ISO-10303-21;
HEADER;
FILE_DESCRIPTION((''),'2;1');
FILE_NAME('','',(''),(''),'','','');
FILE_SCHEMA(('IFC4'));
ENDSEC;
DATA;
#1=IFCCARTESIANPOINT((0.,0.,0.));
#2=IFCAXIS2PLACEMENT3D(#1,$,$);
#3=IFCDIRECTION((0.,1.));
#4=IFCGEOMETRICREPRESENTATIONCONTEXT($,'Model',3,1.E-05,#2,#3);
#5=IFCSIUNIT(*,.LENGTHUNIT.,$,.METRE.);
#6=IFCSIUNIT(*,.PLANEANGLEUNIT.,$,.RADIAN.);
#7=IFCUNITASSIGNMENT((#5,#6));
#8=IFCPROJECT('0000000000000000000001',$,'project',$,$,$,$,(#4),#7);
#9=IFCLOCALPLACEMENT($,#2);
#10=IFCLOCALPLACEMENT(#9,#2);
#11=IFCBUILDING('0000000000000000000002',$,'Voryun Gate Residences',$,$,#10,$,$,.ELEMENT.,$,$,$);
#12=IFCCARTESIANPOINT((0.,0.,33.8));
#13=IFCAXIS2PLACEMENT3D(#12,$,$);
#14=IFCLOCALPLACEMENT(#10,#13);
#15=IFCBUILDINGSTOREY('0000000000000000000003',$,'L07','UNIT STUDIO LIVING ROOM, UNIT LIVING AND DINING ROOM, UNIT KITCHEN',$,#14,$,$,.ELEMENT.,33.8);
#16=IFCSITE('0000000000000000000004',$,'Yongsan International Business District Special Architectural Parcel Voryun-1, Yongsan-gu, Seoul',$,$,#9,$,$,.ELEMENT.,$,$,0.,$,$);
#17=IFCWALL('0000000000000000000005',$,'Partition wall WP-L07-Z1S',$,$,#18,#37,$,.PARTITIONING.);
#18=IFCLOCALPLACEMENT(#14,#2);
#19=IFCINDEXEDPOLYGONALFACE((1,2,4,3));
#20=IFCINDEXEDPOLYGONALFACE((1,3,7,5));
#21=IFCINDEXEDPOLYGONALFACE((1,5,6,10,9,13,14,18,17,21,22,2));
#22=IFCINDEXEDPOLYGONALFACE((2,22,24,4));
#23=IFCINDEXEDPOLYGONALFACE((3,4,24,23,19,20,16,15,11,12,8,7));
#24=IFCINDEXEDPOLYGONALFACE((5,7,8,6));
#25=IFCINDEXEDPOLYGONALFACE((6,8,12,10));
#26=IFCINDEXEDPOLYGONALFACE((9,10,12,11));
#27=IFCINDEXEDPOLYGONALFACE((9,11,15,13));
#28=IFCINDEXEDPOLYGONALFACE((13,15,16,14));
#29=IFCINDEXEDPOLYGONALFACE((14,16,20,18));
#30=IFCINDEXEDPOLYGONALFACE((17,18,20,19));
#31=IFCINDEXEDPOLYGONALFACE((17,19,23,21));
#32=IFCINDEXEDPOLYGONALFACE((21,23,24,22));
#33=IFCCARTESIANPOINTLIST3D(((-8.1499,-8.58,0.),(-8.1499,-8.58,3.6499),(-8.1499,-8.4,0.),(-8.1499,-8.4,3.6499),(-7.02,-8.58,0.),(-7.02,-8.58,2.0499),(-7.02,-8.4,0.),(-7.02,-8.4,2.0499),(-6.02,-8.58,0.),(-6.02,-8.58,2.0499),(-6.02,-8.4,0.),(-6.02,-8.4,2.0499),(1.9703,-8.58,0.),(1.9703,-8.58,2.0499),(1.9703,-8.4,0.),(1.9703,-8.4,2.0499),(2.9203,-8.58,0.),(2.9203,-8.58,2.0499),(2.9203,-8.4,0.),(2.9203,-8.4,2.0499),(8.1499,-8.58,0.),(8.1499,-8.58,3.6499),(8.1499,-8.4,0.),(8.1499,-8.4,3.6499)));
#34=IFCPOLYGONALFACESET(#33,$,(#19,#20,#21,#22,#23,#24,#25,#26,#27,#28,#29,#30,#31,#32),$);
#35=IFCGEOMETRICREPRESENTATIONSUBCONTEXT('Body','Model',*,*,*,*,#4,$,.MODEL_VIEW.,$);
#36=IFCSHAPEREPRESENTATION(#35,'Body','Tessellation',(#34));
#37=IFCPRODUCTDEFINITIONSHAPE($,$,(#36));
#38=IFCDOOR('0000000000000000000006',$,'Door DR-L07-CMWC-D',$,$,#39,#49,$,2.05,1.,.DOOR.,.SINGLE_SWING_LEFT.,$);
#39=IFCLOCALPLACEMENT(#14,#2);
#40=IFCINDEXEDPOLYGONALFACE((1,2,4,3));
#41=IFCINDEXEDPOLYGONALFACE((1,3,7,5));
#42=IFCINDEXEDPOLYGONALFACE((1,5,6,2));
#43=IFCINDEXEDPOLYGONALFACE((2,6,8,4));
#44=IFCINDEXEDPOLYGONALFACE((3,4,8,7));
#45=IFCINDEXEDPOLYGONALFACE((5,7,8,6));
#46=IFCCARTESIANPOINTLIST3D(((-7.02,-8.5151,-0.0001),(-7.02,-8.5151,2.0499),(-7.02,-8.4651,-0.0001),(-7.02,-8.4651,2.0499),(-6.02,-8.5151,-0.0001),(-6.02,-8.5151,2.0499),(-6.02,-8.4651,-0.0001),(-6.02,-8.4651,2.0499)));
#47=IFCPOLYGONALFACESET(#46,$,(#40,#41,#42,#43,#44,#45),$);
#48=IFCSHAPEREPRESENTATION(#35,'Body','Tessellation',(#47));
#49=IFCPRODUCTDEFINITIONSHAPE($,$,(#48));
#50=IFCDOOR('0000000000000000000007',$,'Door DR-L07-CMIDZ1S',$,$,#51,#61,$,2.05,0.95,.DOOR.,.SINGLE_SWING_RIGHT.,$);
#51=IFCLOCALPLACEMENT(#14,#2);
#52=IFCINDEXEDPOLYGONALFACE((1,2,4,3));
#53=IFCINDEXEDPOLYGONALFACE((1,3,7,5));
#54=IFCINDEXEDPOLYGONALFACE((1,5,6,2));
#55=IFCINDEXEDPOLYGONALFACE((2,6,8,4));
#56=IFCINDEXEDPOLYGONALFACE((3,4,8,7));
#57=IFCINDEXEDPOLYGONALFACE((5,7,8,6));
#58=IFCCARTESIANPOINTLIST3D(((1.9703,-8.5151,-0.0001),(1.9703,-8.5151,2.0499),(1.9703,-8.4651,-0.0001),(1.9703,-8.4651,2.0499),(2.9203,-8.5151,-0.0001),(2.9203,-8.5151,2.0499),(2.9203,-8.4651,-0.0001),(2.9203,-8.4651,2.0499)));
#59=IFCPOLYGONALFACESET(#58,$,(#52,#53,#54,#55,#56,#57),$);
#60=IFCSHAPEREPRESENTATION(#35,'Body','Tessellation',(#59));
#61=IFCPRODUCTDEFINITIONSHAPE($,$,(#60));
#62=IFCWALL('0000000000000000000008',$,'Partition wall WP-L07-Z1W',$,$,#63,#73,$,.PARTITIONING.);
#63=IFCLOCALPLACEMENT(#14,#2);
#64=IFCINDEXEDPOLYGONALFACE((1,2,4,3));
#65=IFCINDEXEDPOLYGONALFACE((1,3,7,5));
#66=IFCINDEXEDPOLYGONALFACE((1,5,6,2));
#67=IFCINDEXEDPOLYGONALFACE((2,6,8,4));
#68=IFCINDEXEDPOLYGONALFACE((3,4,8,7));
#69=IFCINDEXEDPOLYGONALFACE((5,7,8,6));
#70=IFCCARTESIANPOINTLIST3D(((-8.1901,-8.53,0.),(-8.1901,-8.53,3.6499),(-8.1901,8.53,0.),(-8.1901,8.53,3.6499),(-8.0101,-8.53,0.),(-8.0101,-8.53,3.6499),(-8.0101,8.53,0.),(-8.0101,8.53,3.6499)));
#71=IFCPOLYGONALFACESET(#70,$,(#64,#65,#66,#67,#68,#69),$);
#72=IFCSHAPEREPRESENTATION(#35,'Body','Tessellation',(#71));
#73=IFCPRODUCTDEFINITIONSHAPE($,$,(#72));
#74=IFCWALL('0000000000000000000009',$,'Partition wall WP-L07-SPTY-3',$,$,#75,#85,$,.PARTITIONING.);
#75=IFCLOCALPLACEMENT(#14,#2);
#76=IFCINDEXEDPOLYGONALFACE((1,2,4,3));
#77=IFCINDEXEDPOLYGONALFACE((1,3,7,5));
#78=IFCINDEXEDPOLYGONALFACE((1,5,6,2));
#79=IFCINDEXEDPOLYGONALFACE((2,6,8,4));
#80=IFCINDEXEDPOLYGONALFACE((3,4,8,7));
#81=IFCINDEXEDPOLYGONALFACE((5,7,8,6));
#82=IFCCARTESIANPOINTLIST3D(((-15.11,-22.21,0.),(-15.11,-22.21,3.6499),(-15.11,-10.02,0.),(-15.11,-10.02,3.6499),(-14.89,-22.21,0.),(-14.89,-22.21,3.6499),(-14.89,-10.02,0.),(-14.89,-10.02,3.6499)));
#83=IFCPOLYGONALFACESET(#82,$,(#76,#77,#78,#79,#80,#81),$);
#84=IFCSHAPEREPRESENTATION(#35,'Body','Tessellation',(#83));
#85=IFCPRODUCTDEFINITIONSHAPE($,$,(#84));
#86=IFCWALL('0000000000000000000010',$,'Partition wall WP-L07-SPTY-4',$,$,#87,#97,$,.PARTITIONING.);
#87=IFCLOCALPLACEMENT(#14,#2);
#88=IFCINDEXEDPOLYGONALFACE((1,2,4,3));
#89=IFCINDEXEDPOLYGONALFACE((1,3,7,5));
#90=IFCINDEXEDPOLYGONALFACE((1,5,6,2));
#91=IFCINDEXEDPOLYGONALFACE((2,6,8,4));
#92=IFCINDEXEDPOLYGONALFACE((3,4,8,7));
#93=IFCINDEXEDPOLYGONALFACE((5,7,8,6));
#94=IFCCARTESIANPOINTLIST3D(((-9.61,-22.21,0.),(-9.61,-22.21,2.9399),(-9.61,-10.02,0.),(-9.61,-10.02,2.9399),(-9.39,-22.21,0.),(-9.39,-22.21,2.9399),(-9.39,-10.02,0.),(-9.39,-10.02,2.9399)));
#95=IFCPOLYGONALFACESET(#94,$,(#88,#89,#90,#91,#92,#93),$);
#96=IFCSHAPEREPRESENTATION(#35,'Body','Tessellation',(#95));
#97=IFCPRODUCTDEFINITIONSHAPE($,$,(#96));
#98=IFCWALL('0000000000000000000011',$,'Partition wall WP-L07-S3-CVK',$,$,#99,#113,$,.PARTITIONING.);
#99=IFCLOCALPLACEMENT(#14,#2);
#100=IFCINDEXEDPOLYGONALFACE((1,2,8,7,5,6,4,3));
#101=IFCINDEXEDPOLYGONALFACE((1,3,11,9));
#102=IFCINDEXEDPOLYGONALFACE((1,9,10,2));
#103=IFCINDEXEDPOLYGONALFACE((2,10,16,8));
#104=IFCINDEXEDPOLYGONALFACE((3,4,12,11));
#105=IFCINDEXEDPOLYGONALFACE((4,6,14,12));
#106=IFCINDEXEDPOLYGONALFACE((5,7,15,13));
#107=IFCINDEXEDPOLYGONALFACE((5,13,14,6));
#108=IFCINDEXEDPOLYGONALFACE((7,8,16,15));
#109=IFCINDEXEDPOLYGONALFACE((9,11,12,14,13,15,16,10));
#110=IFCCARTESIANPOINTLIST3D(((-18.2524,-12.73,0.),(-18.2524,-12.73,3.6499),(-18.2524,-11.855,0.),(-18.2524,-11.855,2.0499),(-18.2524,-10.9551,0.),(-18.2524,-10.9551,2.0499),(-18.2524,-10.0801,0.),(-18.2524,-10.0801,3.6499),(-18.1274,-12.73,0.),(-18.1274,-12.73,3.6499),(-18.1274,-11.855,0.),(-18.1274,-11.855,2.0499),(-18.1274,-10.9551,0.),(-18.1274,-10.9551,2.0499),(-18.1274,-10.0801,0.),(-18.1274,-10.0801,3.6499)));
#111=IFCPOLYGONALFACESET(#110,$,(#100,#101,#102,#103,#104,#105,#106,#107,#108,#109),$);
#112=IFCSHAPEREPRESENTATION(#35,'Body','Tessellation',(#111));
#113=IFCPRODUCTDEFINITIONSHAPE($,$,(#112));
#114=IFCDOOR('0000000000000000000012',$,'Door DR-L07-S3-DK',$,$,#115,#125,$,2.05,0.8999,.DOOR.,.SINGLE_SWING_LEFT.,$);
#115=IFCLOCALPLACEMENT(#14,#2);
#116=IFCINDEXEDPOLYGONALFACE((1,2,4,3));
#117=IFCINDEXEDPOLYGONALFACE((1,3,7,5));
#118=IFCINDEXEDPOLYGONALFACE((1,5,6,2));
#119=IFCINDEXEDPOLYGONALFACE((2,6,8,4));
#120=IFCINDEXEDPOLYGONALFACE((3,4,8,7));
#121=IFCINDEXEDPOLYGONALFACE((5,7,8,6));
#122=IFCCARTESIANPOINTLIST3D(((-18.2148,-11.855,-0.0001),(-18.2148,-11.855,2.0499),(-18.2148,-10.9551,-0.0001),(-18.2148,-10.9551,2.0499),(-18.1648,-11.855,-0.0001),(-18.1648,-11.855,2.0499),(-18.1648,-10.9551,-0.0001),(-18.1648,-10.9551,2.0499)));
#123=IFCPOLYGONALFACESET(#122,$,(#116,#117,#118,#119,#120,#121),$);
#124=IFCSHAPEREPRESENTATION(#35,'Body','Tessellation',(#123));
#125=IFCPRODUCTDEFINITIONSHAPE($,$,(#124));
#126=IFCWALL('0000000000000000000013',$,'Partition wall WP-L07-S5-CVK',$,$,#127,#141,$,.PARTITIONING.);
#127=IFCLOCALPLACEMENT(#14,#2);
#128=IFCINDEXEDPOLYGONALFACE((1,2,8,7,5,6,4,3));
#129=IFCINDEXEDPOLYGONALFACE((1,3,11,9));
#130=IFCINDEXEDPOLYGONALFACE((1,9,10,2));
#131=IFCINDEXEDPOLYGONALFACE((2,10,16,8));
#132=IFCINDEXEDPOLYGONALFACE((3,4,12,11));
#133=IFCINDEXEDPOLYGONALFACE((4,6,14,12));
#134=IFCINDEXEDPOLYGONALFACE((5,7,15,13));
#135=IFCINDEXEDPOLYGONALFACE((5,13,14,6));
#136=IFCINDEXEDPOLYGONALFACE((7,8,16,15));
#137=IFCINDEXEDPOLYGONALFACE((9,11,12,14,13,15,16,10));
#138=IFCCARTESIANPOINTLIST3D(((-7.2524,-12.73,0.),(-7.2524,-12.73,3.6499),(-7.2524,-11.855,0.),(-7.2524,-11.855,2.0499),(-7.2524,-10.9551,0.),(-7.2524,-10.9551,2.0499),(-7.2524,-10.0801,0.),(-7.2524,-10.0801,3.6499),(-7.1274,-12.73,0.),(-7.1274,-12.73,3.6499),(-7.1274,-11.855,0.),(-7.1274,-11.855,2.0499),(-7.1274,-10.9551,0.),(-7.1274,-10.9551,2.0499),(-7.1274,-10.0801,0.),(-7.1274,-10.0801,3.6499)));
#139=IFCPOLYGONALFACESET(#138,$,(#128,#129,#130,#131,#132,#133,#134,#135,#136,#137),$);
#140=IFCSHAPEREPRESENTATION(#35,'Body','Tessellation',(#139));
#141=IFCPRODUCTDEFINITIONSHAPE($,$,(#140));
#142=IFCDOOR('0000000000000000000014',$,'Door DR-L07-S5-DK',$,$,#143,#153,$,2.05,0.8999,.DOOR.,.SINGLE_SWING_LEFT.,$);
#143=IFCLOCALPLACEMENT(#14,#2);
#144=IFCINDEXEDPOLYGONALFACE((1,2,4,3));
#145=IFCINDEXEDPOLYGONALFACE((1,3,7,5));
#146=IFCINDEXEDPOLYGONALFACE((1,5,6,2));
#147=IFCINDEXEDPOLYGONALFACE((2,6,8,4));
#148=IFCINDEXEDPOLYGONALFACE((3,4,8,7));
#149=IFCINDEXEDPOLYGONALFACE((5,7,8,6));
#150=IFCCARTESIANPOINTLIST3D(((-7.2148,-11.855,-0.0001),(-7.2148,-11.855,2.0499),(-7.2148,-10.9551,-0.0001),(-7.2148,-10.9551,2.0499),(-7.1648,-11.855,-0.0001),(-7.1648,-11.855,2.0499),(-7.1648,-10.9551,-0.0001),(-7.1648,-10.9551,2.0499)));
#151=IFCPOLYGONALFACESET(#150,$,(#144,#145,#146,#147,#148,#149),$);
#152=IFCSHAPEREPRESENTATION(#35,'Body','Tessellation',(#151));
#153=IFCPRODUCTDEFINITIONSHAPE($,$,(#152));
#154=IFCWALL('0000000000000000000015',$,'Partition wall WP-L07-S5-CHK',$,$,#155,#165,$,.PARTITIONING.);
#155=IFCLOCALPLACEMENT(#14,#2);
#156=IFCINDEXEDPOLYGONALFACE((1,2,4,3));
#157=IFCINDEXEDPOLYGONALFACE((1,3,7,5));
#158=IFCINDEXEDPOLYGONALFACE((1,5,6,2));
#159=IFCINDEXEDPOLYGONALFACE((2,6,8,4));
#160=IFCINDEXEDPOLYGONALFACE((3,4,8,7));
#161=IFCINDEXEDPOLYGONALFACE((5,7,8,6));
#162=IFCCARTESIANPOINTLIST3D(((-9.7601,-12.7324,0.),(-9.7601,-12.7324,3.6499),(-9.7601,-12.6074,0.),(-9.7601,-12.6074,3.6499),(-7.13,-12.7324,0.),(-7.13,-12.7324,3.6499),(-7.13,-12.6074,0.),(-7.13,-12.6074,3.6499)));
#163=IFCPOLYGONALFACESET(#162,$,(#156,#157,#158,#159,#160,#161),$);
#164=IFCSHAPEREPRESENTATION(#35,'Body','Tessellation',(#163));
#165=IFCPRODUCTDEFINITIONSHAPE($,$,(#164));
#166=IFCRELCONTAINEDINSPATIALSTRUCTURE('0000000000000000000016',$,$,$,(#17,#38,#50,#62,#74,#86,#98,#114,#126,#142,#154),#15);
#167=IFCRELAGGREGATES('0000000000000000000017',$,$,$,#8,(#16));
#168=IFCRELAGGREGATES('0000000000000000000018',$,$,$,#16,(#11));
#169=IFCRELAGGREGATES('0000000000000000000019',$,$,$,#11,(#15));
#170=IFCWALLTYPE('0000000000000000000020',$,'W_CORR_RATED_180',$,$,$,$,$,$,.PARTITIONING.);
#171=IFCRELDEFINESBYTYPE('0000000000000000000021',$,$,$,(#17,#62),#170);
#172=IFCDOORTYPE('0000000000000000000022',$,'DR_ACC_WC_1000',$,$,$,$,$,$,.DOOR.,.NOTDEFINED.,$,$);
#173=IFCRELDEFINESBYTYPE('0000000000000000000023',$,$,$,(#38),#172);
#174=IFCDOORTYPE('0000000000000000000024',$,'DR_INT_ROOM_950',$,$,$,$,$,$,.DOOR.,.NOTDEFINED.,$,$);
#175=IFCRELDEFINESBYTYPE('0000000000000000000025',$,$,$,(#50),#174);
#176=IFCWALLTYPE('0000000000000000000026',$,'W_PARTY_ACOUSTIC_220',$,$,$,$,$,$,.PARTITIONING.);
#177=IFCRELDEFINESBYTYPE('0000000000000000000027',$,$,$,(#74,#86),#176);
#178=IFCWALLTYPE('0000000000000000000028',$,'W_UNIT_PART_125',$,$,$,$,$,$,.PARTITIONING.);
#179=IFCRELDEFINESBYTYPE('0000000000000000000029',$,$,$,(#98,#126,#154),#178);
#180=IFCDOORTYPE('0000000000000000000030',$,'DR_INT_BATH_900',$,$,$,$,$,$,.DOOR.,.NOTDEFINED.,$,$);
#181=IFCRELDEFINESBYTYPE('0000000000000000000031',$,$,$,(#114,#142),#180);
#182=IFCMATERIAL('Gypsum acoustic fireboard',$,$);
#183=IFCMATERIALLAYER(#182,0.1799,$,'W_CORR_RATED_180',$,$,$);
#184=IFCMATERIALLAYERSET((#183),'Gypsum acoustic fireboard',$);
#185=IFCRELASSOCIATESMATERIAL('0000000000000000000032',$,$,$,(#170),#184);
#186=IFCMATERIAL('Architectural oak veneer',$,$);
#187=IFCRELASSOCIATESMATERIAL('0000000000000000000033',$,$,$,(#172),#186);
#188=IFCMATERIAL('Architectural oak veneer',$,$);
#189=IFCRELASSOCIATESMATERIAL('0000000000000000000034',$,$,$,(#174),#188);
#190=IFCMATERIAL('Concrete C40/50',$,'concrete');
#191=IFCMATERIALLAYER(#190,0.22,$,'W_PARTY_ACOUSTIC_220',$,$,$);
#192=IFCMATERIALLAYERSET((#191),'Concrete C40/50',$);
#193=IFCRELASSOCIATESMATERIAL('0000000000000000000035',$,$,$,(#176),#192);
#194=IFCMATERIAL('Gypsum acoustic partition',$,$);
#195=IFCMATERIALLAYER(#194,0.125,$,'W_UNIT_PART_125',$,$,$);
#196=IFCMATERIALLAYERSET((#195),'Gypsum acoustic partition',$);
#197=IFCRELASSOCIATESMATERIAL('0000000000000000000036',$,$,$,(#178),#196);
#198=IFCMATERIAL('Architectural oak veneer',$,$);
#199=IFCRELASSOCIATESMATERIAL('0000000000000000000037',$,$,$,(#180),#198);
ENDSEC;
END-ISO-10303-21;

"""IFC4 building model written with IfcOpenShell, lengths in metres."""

from ifc_helpers import new_model, si_unit, direction, frame, frame_2d, origin, place, context, subcontext, project, spatial, rectangle, extrude, material, layer, layer_set, type_object, element, fill, save


model = new_model("IFC4")

# Units and contexts
model_context = context("Model", 3, precision=1e-05, world=origin(), true_north=direction((0.0, 1.0)))
body_context = subcontext(model_context, "Body", "Model", "MODEL_VIEW")
ifc_project = project(units=[si_unit("LENGTHUNIT", "METRE"), si_unit("PLANEANGLEUNIT", "RADIAN")], contexts=[model_context])

# Site, building, storey
site_placement = place(None, origin())
site = spatial("IfcSite", under=ifc_project, at=site_placement, Name="Yongsan International Business District Special Architectural Parcel Voryun-1, Yongsan-gu, Seoul", CompositionType="ELEMENT", RefElevation=0.0)
building_placement = place(site_placement, origin())
building = spatial("IfcBuilding", under=site, at=building_placement, Name="Voryun Gate Residences", CompositionType="ELEMENT")
storey_placement = place(building_placement, frame((0.0, 0.0, 33.8)))
storey = spatial("IfcBuildingStorey", under=building, at=storey_placement, Name="L07", Description="UNIT STUDIO LIVING ROOM, UNIT LIVING AND DINING ROOM, UNIT KITCHEN", CompositionType="ELEMENT", Elevation=33.8)

# Shared definitions
ifc_material_1 = material(Name="Gypsum acoustic fireboard")
ifc_layer_1 = layer(ifc_material_1, 0.1799, Name="W_CORR_RATED_180")
ifc_layer_set_1 = layer_set([ifc_layer_1], Name="Gypsum acoustic fireboard")
wall_type_1 = type_object("IfcWallType", Name="W_CORR_RATED_180", PredefinedType="PARTITIONING", material=ifc_layer_set_1)

# Wall, openings, doors
wall_1_placement = place(storey_placement, frame((-8.1499, -8.49, 0.0), z_axis=(0.0, 0.0, 1.0), x_axis=(1.0, 0.0, 0.0)))
wall_1 = element("IfcWall", 1, at=wall_1_placement, inside=storey, type_object=wall_type_1, Name="Partition wall WP-L07-Z1S", PredefinedType="PARTITIONING", context=body_context, shape_type="SweptSolid", body=[
    extrude(rectangle(XDim=16.2998, YDim=0.1799, at=frame_2d((8.1499, 0.0))), origin(), (0.0, 0.0, 1.0), 3.6499),
])
opening_1_placement = place(wall_1_placement, frame((1.1299, 0.0, 0.0)))
opening_1 = element("IfcOpeningElement", 2, at=opening_1_placement, cuts=wall_1, PredefinedType="OPENING", context=body_context, shape_type="SweptSolid", body=[
    extrude(rectangle(XDim=1.0, YDim=2.05, at=frame_2d((0.5, 1.0249))), frame((0.0, 0.0999, 0.0), z_axis=(0.0, -1.0, 0.0), x_axis=(1.0, 0.0, 0.0)), (0.0, 0.0, 1.0), 0.2),
])
opening_2_placement = place(wall_1_placement, frame((10.1201, 0.0, 0.0)))
opening_2 = element("IfcOpeningElement", 3, at=opening_2_placement, cuts=wall_1, PredefinedType="OPENING", context=body_context, shape_type="SweptSolid", body=[
    extrude(rectangle(XDim=0.95, YDim=2.05, at=frame_2d((0.4751, 1.0249))), frame((0.0, 0.0999, 0.0), z_axis=(0.0, -1.0, 0.0), x_axis=(1.0, 0.0, 0.0)), (0.0, 0.0, 1.0), 0.2),
])
ifc_material_2 = material(Name="Architectural oak veneer")
door_type_1 = type_object("IfcDoorType", Name="DR_ACC_WC_1000", OperationType="NOTDEFINED", PredefinedType="DOOR", material=ifc_material_2)
door_1_placement = place(opening_1_placement, origin())
door_1 = element("IfcDoor", 4, at=door_1_placement, inside=storey, type_object=door_type_1, Name="Door DR-L07-CMWC-D", OperationType="SINGLE_SWING_LEFT", OverallHeight=2.05, OverallWidth=1.0, PredefinedType="DOOR", context=body_context, shape_type="SweptSolid", body=[
    extrude(rectangle(XDim=1.0, YDim=2.05, at=frame_2d((0.5, 1.0249))), frame((0.0, 0.0249, 0.0), z_axis=(0.0, -1.0, 0.0), x_axis=(1.0, 0.0, 0.0)), (0.0, 0.0, 1.0), 0.05),
])
fill(opening_1, door_1)
ifc_material_3 = material(Name="Architectural oak veneer")
door_type_2 = type_object("IfcDoorType", Name="DR_INT_ROOM_950", OperationType="NOTDEFINED", PredefinedType="DOOR", material=ifc_material_3)
door_2_placement = place(opening_2_placement, origin())
door_2 = element("IfcDoor", 5, at=door_2_placement, inside=storey, type_object=door_type_2, Name="Door DR-L07-CMIDZ1S", OperationType="SINGLE_SWING_RIGHT", OverallHeight=2.05, OverallWidth=0.95, PredefinedType="DOOR", context=body_context, shape_type="SweptSolid", body=[
    extrude(rectangle(XDim=0.95, YDim=2.05, at=frame_2d((0.4751, 1.0249))), frame((0.0, 0.0249, 0.0), z_axis=(0.0, -1.0, 0.0), x_axis=(1.0, 0.0, 0.0)), (0.0, 0.0, 1.0), 0.05),
])
fill(opening_2, door_2)

# Walls
wall_2_placement = place(storey_placement, frame((-8.1001, -8.53, 0.0), z_axis=(0.0, 0.0, 1.0), x_axis=(0.0, 1.0, 0.0)))
element("IfcWall", 6, at=wall_2_placement, inside=storey, type_object=wall_type_1, Name="Partition wall WP-L07-Z1W", PredefinedType="PARTITIONING", context=body_context, shape_type="SweptSolid", body=[
    extrude(rectangle(XDim=17.0601, YDim=0.1799, at=frame_2d((8.53, 0.0))), origin(), (0.0, 0.0, 1.0), 3.6499),
])
ifc_material_4 = material(Name="Concrete C40/50", Category="concrete")
ifc_layer_2 = layer(ifc_material_4, 0.22, Name="W_PARTY_ACOUSTIC_220")
ifc_layer_set_2 = layer_set([ifc_layer_2], Name="Concrete C40/50")
wall_type_2 = type_object("IfcWallType", Name="W_PARTY_ACOUSTIC_220", PredefinedType="PARTITIONING", material=ifc_layer_set_2)
wall_3_placement = place(storey_placement, frame((-15.0, -22.21, 0.0), z_axis=(0.0, 0.0, 1.0), x_axis=(0.0, 1.0, 0.0)))
element("IfcWall", 7, at=wall_3_placement, inside=storey, type_object=wall_type_2, Name="Partition wall WP-L07-SPTY-3", PredefinedType="PARTITIONING", context=body_context, shape_type="SweptSolid", body=[
    extrude(rectangle(XDim=12.1899, YDim=0.22, at=frame_2d((6.095, 0.0))), origin(), (0.0, 0.0, 1.0), 3.6499),
])
wall_4_placement = place(storey_placement, frame((-9.5, -22.21, 0.0), z_axis=(0.0, 0.0, 1.0), x_axis=(0.0, 1.0, 0.0)))
element("IfcWall", 8, at=wall_4_placement, inside=storey, type_object=wall_type_2, Name="Partition wall WP-L07-SPTY-4", PredefinedType="PARTITIONING", context=body_context, shape_type="SweptSolid", body=[
    extrude(rectangle(XDim=12.1899, YDim=0.22, at=frame_2d((6.095, 0.0))), origin(), (0.0, 0.0, 1.0), 2.9399),
])

# Walls, openings, doors
ifc_material_5 = material(Name="Gypsum acoustic partition")
ifc_layer_3 = layer(ifc_material_5, 0.125, Name="W_UNIT_PART_125")
ifc_layer_set_3 = layer_set([ifc_layer_3], Name="Gypsum acoustic partition")
wall_type_3 = type_object("IfcWallType", Name="W_UNIT_PART_125", PredefinedType="PARTITIONING", material=ifc_layer_set_3)
wall_5_placement = place(storey_placement, frame((-18.1899, -12.73, 0.0), z_axis=(0.0, 0.0, 1.0), x_axis=(0.0, 1.0, 0.0)))
wall_5 = element("IfcWall", 9, at=wall_5_placement, inside=storey, type_object=wall_type_3, Name="Partition wall WP-L07-S3-CVK", PredefinedType="PARTITIONING", context=body_context, shape_type="SweptSolid", body=[
    extrude(rectangle(XDim=2.6499, YDim=0.125, at=frame_2d((1.325, 0.0))), origin(), (0.0, 0.0, 1.0), 3.6499),
])
opening_3_placement = place(wall_5_placement, frame((0.875, 0.0, 0.0)))
opening_3 = element("IfcOpeningElement", 10, at=opening_3_placement, cuts=wall_5, PredefinedType="OPENING", context=body_context, shape_type="SweptSolid", body=[
    extrude(rectangle(XDim=0.8999, YDim=2.05, at=frame_2d((0.45, 1.0249))), frame((0.0, 0.0725, 0.0), z_axis=(0.0, -1.0, 0.0), x_axis=(1.0, 0.0, 0.0)), (0.0, 0.0, 1.0), 0.145),
])
ifc_material_6 = material(Name="Architectural oak veneer")
door_type_3 = type_object("IfcDoorType", Name="DR_INT_BATH_900", OperationType="NOTDEFINED", PredefinedType="DOOR", material=ifc_material_6)
door_3_placement = place(opening_3_placement, origin())
door_3 = element("IfcDoor", 11, at=door_3_placement, inside=storey, type_object=door_type_3, Name="Door DR-L07-S3-DK", OperationType="SINGLE_SWING_LEFT", OverallHeight=2.05, OverallWidth=0.8999, PredefinedType="DOOR", context=body_context, shape_type="SweptSolid", body=[
    extrude(rectangle(XDim=0.8999, YDim=2.05, at=frame_2d((0.45, 1.0249))), frame((0.0, 0.0249, 0.0), z_axis=(0.0, -1.0, 0.0), x_axis=(1.0, 0.0, 0.0)), (0.0, 0.0, 1.0), 0.05),
])
fill(opening_3, door_3)
wall_6_placement = place(storey_placement, frame((-7.1899, -12.73, 0.0), z_axis=(0.0, 0.0, 1.0), x_axis=(0.0, 1.0, 0.0)))
wall_6 = element("IfcWall", 12, at=wall_6_placement, inside=storey, type_object=wall_type_3, Name="Partition wall WP-L07-S5-CVK", PredefinedType="PARTITIONING", context=body_context, shape_type="SweptSolid", body=[
    extrude(rectangle(XDim=2.6499, YDim=0.125, at=frame_2d((1.325, 0.0))), origin(), (0.0, 0.0, 1.0), 3.6499),
])
opening_4_placement = place(wall_6_placement, frame((0.875, 0.0, 0.0)))
opening_4 = element("IfcOpeningElement", 13, at=opening_4_placement, cuts=wall_6, PredefinedType="OPENING", context=body_context, shape_type="SweptSolid", body=[
    extrude(rectangle(XDim=0.8999, YDim=2.05, at=frame_2d((0.45, 1.0249))), frame((0.0, 0.0725, 0.0), z_axis=(0.0, -1.0, 0.0), x_axis=(1.0, 0.0, 0.0)), (0.0, 0.0, 1.0), 0.145),
])
door_4_placement = place(opening_4_placement, origin())
door_4 = element("IfcDoor", 14, at=door_4_placement, inside=storey, type_object=door_type_3, Name="Door DR-L07-S5-DK", OperationType="SINGLE_SWING_LEFT", OverallHeight=2.05, OverallWidth=0.8999, PredefinedType="DOOR", context=body_context, shape_type="SweptSolid", body=[
    extrude(rectangle(XDim=0.8999, YDim=2.05, at=frame_2d((0.45, 1.0249))), frame((0.0, 0.0249, 0.0), z_axis=(0.0, -1.0, 0.0), x_axis=(1.0, 0.0, 0.0)), (0.0, 0.0, 1.0), 0.05),
])
fill(opening_4, door_4)

# Wall
wall_7_placement = place(storey_placement, frame((-9.76, -12.6699, 0.0), z_axis=(0.0, 0.0, 1.0), x_axis=(1.0, 0.0, 0.0)))
element("IfcWall", 15, at=wall_7_placement, inside=storey, type_object=wall_type_3, Name="Partition wall WP-L07-S5-CHK", PredefinedType="PARTITIONING", context=body_context, shape_type="SweptSolid", body=[
    extrude(rectangle(XDim=2.6301, YDim=0.125, at=frame_2d((1.3149, 0.0))), origin(), (0.0, 0.0, 1.0), 3.6499),
])

save(model, "model.ifc")
